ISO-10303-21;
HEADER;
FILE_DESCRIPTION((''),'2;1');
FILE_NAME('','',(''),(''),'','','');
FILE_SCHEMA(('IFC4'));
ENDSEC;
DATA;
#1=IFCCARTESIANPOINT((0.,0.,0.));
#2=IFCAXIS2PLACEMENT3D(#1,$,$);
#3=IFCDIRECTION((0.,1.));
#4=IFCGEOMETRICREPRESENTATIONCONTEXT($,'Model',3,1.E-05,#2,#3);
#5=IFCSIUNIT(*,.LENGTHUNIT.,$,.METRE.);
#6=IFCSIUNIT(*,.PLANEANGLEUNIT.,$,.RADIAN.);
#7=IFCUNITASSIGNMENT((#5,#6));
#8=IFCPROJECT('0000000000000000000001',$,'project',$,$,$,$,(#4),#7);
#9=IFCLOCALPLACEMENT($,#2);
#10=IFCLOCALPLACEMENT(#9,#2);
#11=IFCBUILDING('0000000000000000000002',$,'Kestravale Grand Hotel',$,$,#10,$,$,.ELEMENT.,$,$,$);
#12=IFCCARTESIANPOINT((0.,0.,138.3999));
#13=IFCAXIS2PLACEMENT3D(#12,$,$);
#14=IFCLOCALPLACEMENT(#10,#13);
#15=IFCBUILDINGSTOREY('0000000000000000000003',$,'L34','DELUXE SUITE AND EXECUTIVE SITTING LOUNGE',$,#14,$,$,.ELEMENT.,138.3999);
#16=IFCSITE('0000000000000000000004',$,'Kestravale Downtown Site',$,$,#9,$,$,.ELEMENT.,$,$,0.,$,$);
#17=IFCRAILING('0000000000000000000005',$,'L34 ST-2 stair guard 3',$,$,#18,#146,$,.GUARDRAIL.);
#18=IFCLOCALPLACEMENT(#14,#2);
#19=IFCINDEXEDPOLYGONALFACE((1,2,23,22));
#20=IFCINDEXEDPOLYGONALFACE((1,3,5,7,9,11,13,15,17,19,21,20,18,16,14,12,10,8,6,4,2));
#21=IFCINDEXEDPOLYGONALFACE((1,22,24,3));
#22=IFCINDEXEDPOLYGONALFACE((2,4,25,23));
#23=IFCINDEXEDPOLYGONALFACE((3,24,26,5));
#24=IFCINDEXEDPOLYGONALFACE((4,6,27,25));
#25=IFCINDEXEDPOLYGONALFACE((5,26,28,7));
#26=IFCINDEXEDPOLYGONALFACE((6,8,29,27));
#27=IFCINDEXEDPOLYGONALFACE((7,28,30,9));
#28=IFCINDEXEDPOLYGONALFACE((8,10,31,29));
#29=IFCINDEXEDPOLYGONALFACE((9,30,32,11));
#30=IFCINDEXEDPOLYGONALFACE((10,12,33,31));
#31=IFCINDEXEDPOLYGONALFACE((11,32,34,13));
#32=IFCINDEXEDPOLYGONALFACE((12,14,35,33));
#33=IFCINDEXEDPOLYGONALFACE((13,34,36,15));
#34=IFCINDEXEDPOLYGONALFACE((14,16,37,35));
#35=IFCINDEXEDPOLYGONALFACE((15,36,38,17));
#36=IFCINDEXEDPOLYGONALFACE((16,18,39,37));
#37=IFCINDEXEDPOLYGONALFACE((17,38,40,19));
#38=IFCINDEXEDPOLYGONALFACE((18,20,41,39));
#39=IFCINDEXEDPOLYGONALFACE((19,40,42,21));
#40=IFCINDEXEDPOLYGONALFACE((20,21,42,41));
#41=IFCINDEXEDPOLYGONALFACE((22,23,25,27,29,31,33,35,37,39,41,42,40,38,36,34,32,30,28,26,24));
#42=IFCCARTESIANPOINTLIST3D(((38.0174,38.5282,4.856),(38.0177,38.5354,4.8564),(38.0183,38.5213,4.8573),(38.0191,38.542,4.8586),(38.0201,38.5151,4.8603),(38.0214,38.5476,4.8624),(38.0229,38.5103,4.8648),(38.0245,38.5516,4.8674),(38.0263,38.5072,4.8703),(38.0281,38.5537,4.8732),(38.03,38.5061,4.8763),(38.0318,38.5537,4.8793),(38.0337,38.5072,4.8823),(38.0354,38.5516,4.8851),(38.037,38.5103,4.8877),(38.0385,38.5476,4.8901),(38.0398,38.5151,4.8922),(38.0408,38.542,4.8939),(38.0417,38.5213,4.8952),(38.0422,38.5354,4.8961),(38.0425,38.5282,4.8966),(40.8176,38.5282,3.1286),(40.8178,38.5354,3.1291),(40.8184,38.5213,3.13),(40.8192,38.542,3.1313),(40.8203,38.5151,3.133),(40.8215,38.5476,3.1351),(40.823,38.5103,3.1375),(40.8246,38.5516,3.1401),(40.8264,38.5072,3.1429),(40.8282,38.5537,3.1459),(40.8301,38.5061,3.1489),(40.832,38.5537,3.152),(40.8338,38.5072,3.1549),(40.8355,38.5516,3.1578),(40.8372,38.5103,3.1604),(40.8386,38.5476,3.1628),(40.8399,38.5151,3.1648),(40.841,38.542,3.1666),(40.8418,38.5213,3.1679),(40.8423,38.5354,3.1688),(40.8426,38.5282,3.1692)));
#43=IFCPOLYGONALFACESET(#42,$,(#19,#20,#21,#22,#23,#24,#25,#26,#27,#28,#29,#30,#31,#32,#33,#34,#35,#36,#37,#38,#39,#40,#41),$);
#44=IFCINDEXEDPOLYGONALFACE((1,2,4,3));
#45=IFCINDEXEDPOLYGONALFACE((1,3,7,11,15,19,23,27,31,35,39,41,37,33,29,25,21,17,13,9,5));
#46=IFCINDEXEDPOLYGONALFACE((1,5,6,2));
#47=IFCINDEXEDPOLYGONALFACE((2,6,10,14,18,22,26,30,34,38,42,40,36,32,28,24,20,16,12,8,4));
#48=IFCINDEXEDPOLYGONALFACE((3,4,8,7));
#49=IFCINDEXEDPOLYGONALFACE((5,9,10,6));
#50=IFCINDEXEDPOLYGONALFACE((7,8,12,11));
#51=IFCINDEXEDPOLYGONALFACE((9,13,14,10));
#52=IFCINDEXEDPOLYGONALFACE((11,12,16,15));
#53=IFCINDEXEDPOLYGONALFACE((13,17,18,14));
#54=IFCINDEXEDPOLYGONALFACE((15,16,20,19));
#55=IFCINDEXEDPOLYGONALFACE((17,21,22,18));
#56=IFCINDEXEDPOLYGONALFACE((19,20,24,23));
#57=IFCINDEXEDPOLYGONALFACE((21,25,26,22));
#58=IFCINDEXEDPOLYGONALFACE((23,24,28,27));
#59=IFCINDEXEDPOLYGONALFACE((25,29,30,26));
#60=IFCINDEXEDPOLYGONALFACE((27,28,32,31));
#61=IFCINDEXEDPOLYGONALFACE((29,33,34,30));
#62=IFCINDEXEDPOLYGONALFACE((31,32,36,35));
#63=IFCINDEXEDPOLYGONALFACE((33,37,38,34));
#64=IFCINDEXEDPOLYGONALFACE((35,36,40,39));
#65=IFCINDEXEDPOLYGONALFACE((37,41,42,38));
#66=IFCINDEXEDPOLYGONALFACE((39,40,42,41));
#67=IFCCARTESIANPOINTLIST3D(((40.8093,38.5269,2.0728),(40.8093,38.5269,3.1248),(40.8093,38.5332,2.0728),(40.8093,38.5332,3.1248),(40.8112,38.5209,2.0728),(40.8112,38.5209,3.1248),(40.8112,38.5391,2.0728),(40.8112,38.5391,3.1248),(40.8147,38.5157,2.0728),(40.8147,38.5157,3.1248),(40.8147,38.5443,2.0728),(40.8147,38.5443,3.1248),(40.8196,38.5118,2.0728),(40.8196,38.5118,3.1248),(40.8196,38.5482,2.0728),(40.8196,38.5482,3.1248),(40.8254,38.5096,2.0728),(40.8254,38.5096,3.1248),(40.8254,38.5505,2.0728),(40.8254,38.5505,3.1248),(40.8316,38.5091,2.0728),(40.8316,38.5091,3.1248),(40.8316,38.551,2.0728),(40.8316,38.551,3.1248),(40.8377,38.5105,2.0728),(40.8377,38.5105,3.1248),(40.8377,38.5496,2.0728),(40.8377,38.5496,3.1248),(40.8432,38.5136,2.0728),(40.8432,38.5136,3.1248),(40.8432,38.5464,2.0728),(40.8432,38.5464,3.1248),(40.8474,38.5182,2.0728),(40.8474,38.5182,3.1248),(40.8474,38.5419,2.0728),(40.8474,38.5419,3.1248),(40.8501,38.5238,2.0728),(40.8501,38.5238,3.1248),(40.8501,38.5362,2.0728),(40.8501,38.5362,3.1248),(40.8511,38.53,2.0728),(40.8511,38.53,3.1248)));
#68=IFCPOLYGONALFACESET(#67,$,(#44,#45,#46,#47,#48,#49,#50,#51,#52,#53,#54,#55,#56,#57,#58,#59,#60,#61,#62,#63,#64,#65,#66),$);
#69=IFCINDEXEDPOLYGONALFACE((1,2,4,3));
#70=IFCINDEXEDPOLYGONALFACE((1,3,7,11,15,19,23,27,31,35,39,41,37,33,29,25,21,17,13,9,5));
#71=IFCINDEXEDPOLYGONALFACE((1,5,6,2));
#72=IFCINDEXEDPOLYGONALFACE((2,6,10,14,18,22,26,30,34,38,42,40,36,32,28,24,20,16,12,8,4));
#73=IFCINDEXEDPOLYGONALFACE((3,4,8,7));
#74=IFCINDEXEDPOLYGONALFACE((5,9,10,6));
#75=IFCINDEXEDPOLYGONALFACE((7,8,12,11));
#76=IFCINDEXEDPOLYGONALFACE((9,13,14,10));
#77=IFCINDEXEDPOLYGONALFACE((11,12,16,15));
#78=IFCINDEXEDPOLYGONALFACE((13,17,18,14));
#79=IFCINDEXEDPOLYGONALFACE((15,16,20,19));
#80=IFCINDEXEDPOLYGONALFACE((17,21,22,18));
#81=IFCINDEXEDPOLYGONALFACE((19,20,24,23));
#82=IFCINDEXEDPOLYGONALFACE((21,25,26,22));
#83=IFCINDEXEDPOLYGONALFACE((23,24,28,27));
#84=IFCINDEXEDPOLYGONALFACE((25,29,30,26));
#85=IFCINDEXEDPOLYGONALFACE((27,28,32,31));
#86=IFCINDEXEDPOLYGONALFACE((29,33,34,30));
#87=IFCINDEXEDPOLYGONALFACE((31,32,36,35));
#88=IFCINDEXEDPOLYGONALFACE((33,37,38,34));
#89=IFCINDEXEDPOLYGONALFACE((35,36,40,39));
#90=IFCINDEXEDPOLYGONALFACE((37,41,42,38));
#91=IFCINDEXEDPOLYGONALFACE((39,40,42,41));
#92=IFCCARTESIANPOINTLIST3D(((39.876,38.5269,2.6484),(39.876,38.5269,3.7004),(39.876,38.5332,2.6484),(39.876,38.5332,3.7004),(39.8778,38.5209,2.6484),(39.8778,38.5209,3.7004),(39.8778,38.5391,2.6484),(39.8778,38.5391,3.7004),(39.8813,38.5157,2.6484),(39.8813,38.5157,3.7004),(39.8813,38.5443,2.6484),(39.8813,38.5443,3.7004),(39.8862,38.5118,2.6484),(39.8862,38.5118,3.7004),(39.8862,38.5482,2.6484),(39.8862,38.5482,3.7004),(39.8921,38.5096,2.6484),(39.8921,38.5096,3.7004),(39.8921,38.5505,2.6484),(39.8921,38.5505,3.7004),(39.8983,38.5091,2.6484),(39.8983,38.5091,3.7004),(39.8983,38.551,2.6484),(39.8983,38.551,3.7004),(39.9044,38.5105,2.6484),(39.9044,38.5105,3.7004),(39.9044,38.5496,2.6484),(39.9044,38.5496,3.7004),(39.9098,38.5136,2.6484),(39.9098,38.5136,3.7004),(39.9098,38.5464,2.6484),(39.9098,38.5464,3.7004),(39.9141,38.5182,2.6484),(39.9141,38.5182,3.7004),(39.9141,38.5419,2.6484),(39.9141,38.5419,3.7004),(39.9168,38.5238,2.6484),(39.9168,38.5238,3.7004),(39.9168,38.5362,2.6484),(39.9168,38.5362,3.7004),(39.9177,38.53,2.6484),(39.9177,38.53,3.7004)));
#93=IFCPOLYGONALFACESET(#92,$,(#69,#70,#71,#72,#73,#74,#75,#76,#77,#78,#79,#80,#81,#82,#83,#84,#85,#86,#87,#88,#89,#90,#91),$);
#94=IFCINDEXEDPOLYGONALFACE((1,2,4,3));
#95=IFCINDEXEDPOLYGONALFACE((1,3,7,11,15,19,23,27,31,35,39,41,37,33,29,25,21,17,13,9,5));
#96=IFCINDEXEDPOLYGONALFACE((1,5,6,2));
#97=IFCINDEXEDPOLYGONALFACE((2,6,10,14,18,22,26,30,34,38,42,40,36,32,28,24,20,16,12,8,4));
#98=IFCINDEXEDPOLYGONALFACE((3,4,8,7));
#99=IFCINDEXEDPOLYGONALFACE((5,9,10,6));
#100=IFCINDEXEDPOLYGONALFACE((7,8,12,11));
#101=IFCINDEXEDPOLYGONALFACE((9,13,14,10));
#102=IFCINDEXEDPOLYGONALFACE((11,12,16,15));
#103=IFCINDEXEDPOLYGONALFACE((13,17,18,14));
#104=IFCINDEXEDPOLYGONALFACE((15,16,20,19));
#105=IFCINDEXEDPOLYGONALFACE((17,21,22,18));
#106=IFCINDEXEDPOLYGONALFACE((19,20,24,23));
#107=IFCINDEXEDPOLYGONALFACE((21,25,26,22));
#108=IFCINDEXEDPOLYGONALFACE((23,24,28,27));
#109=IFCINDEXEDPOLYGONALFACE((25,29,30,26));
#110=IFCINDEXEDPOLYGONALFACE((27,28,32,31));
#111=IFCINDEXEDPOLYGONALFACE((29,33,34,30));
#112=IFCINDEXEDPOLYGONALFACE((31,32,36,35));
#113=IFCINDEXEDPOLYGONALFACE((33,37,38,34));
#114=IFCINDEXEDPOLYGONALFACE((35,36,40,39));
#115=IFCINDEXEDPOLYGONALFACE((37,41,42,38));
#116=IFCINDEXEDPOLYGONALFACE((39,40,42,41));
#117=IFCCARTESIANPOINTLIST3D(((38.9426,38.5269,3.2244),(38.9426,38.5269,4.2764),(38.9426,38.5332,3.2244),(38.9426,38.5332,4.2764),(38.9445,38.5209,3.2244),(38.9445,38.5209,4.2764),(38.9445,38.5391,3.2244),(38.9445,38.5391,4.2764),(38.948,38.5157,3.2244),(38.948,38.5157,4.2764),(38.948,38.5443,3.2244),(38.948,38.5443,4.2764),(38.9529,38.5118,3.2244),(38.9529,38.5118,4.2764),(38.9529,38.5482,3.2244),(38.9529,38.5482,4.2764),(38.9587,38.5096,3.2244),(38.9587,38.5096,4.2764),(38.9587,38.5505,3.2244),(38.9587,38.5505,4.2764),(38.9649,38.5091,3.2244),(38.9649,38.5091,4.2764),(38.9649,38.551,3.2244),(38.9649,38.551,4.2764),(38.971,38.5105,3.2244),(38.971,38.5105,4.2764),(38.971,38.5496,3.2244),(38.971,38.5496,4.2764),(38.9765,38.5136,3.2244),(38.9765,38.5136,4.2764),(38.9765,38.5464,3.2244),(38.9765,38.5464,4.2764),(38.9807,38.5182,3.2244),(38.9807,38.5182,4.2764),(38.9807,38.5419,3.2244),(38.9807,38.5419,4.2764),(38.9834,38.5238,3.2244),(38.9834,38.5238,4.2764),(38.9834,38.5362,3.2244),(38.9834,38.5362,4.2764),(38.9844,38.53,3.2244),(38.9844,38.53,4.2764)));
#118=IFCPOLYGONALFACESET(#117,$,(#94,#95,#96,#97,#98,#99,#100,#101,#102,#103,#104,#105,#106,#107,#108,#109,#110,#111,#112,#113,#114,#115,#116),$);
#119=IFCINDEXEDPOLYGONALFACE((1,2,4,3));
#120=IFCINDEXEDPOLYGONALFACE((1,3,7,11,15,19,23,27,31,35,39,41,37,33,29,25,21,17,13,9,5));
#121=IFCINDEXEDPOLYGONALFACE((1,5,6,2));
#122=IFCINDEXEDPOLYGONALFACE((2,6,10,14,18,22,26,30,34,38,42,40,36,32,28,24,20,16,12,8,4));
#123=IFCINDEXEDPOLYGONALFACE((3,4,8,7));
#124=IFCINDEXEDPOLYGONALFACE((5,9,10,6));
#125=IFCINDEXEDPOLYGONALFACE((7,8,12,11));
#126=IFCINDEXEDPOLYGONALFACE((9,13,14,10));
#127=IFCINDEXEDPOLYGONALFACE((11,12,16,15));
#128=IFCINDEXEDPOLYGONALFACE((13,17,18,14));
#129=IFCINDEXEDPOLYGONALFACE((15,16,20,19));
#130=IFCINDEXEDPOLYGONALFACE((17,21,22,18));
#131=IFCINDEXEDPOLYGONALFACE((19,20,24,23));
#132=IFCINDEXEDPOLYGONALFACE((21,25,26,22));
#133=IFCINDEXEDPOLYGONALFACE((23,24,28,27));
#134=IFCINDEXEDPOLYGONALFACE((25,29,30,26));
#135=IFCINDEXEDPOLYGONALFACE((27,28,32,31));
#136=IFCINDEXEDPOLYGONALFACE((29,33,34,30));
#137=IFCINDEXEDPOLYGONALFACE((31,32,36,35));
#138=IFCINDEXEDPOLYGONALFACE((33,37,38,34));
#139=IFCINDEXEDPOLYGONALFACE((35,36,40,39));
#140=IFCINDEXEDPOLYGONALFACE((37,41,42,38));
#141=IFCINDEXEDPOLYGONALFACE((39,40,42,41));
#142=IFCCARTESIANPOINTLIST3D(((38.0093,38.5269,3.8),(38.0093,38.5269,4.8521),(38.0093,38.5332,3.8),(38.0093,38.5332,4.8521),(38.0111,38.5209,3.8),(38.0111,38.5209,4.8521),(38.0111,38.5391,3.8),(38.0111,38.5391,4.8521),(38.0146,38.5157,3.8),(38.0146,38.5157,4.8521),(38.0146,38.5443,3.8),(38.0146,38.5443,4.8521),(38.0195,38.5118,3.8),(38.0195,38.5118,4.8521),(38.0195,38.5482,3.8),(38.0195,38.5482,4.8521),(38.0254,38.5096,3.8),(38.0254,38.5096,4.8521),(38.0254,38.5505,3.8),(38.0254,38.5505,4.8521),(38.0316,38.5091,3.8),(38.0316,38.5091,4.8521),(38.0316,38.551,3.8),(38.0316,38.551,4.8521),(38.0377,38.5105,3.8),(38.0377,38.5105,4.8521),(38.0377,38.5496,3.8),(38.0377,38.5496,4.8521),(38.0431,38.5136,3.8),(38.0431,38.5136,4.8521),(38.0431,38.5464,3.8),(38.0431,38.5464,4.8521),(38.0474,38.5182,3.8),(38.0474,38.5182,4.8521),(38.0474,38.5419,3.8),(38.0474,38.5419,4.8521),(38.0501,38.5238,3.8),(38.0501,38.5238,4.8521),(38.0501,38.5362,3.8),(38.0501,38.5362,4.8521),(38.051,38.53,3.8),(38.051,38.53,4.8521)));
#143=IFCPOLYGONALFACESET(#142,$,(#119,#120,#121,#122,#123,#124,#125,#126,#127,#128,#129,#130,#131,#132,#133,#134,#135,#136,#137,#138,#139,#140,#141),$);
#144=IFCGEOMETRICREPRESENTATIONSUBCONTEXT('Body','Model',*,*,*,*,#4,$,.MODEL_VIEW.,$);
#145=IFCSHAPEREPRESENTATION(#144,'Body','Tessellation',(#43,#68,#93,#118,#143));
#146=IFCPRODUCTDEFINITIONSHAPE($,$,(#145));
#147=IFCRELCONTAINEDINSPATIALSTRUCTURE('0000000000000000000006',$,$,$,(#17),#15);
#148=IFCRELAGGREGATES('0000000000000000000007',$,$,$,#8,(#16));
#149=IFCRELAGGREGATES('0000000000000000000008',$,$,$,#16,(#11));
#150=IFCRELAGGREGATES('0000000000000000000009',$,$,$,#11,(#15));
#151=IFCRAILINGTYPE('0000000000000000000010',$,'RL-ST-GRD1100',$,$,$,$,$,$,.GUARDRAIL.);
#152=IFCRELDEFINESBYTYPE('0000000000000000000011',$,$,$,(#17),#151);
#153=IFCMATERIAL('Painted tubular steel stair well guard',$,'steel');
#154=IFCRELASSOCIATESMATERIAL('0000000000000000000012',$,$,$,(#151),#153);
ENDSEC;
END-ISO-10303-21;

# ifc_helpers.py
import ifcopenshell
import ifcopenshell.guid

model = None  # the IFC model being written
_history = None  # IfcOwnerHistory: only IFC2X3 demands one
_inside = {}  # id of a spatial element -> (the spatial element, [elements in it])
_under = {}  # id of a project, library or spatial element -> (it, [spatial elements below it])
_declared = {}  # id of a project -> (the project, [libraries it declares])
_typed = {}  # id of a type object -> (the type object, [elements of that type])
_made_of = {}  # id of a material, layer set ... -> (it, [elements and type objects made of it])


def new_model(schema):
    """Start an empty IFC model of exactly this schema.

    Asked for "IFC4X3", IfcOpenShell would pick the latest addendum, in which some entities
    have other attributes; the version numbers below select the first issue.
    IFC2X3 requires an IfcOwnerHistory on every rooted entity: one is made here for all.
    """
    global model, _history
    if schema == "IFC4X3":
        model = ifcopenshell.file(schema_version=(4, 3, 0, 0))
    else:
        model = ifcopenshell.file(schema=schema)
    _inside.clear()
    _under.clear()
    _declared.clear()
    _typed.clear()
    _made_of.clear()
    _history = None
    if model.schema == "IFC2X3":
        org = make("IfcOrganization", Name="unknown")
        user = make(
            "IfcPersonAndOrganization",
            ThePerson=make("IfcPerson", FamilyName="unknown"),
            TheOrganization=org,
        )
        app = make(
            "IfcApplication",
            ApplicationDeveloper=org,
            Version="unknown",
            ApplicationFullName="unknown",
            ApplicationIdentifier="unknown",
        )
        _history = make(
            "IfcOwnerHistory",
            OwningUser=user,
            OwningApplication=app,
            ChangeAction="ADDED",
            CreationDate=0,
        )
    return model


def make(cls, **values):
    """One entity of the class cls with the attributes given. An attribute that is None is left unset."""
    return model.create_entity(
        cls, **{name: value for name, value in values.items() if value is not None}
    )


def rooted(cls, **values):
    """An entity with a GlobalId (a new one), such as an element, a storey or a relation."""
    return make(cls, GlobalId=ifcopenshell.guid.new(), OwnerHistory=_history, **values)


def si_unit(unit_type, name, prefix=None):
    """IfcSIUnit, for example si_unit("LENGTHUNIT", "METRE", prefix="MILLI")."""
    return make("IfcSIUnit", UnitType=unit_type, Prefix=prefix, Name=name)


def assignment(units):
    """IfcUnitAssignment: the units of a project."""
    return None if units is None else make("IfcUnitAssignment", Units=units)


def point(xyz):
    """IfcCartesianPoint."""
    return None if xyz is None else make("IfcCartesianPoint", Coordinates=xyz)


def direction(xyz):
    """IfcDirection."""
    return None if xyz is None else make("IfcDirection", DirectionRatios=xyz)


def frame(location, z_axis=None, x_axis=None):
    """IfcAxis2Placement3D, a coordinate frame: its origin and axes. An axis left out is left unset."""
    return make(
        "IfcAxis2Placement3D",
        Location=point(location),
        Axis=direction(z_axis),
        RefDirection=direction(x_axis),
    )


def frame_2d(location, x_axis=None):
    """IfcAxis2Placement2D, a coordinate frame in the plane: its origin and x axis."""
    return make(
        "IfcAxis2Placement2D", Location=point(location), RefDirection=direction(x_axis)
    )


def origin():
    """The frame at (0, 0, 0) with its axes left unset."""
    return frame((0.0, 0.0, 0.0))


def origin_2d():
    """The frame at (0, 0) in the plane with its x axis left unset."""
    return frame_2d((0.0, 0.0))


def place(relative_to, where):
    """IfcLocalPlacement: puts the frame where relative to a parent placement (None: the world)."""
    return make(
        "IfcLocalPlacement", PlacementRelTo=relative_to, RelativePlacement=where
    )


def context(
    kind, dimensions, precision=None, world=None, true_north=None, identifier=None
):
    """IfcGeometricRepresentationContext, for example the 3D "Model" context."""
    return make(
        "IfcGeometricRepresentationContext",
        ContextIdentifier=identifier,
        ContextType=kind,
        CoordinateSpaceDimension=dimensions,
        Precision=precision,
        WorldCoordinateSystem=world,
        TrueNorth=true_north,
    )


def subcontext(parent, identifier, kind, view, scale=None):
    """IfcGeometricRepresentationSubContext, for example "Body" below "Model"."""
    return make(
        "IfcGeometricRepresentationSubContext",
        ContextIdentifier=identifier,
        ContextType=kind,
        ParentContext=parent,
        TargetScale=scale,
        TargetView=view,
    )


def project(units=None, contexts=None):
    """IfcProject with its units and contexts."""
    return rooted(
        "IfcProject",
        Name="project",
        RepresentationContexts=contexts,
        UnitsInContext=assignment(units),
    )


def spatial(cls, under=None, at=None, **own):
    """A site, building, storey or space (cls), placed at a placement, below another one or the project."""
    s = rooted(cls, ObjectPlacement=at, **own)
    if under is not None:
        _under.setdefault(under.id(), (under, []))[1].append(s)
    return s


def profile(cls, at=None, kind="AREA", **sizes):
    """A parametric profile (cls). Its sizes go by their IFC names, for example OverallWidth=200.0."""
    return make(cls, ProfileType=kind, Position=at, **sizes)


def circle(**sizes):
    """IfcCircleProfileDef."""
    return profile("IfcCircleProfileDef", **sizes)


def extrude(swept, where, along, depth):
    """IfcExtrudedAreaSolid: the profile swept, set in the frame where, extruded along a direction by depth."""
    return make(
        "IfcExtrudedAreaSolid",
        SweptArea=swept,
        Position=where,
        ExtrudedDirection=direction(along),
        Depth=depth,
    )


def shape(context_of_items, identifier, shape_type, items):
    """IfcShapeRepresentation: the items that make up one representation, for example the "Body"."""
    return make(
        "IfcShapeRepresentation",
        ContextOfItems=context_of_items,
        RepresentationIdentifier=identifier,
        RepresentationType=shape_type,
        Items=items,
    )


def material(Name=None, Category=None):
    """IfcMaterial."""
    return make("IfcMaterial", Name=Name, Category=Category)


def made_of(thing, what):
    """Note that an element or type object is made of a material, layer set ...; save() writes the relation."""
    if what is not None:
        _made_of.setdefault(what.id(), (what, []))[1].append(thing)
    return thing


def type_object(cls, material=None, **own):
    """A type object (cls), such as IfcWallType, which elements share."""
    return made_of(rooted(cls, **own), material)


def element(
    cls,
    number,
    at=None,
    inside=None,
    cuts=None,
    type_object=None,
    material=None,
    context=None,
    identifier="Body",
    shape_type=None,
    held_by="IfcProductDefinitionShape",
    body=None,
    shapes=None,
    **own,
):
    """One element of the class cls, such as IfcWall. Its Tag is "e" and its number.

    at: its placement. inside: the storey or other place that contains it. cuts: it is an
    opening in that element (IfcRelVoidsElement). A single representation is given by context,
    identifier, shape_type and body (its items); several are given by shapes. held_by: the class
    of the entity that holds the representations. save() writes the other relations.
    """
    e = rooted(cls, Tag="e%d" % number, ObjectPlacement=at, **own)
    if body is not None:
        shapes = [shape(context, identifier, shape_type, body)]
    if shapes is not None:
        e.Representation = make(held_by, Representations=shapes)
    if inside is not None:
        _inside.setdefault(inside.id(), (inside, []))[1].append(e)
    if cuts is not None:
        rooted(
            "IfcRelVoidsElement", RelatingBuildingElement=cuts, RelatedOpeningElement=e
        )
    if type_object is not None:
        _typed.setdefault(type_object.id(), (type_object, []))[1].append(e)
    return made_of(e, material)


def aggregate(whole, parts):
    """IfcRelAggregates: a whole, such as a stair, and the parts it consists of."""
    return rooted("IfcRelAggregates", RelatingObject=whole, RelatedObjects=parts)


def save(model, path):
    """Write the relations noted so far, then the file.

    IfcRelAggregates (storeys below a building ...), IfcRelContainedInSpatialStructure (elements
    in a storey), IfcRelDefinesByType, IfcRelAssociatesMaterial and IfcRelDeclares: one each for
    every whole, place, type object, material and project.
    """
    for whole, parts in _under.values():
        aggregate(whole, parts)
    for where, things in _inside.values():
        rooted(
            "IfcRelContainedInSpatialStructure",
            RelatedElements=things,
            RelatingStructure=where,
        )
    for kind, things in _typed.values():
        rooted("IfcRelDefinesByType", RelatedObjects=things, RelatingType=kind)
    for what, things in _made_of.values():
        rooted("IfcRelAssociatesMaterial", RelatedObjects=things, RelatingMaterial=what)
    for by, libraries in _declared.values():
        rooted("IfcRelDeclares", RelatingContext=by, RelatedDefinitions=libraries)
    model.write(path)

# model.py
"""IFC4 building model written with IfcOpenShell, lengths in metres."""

from ifc_helpers import new_model, si_unit, direction, frame, origin, origin_2d, place, context, subcontext, project, spatial, circle, extrude, material, type_object, element, save


model = new_model("IFC4")

# Units and contexts
model_context = context("Model", 3, precision=1e-05, world=origin(), true_north=direction((0.0, 1.0)))
body_context = subcontext(model_context, "Body", "Model", "MODEL_VIEW")
ifc_project = project(units=[si_unit("LENGTHUNIT", "METRE"), si_unit("PLANEANGLEUNIT", "RADIAN")], contexts=[model_context])

# Site, building, storey
site_placement = place(None, origin())
site = spatial("IfcSite", under=ifc_project, at=site_placement, Name="Kestravale Downtown Site", CompositionType="ELEMENT", RefElevation=0.0)
building_placement = place(site_placement, origin())
building = spatial("IfcBuilding", under=site, at=building_placement, Name="Kestravale Grand Hotel", CompositionType="ELEMENT")
storey_placement = place(building_placement, frame((0.0, 0.0, 138.3999)))
storey = spatial("IfcBuildingStorey", under=building, at=storey_placement, Name="L34", Description="DELUXE SUITE AND EXECUTIVE SITTING LOUNGE", CompositionType="ELEMENT", Elevation=138.3999)

# Railing
ifc_material_1 = material(Name="Painted tubular steel stair well guard", Category="steel")
railing_type_1 = type_object("IfcRailingType", Name="RL-ST-GRD1100", PredefinedType="GUARDRAIL", material=ifc_material_1)
railing_1_placement = place(storey_placement, frame((40.8301, 38.53, 2.0728)))
element("IfcRailing", 1, at=railing_1_placement, inside=storey, type_object=railing_type_1, Name="L34 ST-2 stair guard 3", PredefinedType="GUARDRAIL", context=body_context, shape_type="SweptSolid", body=[
    extrude(circle(Radius=0.0239, at=origin_2d()), frame((0.0, 0.0, 1.0762), z_axis=(-0.85109, 0.0, 0.52502), x_axis=(0.0, -1.0, 0.0)), (0.0, 0.0, 1.0), 3.29),
    extrude(circle(Radius=0.021, at=origin_2d()), origin(), (0.0, 0.0, 1.0), 1.052),
    extrude(circle(Radius=0.021, at=origin_2d()), frame((-0.9333, 0.0, 0.5757)), (0.0, 0.0, 1.0), 1.052),
    extrude(circle(Radius=0.021, at=origin_2d()), frame((-1.8667, 0.0, 1.1516)), (0.0, 0.0, 1.0), 1.052),
    extrude(circle(Radius=0.021, at=origin_2d()), frame((-2.8, 0.0, 1.7273)), (0.0, 0.0, 1.0), 1.052),
])

save(model, "model.ifc")
